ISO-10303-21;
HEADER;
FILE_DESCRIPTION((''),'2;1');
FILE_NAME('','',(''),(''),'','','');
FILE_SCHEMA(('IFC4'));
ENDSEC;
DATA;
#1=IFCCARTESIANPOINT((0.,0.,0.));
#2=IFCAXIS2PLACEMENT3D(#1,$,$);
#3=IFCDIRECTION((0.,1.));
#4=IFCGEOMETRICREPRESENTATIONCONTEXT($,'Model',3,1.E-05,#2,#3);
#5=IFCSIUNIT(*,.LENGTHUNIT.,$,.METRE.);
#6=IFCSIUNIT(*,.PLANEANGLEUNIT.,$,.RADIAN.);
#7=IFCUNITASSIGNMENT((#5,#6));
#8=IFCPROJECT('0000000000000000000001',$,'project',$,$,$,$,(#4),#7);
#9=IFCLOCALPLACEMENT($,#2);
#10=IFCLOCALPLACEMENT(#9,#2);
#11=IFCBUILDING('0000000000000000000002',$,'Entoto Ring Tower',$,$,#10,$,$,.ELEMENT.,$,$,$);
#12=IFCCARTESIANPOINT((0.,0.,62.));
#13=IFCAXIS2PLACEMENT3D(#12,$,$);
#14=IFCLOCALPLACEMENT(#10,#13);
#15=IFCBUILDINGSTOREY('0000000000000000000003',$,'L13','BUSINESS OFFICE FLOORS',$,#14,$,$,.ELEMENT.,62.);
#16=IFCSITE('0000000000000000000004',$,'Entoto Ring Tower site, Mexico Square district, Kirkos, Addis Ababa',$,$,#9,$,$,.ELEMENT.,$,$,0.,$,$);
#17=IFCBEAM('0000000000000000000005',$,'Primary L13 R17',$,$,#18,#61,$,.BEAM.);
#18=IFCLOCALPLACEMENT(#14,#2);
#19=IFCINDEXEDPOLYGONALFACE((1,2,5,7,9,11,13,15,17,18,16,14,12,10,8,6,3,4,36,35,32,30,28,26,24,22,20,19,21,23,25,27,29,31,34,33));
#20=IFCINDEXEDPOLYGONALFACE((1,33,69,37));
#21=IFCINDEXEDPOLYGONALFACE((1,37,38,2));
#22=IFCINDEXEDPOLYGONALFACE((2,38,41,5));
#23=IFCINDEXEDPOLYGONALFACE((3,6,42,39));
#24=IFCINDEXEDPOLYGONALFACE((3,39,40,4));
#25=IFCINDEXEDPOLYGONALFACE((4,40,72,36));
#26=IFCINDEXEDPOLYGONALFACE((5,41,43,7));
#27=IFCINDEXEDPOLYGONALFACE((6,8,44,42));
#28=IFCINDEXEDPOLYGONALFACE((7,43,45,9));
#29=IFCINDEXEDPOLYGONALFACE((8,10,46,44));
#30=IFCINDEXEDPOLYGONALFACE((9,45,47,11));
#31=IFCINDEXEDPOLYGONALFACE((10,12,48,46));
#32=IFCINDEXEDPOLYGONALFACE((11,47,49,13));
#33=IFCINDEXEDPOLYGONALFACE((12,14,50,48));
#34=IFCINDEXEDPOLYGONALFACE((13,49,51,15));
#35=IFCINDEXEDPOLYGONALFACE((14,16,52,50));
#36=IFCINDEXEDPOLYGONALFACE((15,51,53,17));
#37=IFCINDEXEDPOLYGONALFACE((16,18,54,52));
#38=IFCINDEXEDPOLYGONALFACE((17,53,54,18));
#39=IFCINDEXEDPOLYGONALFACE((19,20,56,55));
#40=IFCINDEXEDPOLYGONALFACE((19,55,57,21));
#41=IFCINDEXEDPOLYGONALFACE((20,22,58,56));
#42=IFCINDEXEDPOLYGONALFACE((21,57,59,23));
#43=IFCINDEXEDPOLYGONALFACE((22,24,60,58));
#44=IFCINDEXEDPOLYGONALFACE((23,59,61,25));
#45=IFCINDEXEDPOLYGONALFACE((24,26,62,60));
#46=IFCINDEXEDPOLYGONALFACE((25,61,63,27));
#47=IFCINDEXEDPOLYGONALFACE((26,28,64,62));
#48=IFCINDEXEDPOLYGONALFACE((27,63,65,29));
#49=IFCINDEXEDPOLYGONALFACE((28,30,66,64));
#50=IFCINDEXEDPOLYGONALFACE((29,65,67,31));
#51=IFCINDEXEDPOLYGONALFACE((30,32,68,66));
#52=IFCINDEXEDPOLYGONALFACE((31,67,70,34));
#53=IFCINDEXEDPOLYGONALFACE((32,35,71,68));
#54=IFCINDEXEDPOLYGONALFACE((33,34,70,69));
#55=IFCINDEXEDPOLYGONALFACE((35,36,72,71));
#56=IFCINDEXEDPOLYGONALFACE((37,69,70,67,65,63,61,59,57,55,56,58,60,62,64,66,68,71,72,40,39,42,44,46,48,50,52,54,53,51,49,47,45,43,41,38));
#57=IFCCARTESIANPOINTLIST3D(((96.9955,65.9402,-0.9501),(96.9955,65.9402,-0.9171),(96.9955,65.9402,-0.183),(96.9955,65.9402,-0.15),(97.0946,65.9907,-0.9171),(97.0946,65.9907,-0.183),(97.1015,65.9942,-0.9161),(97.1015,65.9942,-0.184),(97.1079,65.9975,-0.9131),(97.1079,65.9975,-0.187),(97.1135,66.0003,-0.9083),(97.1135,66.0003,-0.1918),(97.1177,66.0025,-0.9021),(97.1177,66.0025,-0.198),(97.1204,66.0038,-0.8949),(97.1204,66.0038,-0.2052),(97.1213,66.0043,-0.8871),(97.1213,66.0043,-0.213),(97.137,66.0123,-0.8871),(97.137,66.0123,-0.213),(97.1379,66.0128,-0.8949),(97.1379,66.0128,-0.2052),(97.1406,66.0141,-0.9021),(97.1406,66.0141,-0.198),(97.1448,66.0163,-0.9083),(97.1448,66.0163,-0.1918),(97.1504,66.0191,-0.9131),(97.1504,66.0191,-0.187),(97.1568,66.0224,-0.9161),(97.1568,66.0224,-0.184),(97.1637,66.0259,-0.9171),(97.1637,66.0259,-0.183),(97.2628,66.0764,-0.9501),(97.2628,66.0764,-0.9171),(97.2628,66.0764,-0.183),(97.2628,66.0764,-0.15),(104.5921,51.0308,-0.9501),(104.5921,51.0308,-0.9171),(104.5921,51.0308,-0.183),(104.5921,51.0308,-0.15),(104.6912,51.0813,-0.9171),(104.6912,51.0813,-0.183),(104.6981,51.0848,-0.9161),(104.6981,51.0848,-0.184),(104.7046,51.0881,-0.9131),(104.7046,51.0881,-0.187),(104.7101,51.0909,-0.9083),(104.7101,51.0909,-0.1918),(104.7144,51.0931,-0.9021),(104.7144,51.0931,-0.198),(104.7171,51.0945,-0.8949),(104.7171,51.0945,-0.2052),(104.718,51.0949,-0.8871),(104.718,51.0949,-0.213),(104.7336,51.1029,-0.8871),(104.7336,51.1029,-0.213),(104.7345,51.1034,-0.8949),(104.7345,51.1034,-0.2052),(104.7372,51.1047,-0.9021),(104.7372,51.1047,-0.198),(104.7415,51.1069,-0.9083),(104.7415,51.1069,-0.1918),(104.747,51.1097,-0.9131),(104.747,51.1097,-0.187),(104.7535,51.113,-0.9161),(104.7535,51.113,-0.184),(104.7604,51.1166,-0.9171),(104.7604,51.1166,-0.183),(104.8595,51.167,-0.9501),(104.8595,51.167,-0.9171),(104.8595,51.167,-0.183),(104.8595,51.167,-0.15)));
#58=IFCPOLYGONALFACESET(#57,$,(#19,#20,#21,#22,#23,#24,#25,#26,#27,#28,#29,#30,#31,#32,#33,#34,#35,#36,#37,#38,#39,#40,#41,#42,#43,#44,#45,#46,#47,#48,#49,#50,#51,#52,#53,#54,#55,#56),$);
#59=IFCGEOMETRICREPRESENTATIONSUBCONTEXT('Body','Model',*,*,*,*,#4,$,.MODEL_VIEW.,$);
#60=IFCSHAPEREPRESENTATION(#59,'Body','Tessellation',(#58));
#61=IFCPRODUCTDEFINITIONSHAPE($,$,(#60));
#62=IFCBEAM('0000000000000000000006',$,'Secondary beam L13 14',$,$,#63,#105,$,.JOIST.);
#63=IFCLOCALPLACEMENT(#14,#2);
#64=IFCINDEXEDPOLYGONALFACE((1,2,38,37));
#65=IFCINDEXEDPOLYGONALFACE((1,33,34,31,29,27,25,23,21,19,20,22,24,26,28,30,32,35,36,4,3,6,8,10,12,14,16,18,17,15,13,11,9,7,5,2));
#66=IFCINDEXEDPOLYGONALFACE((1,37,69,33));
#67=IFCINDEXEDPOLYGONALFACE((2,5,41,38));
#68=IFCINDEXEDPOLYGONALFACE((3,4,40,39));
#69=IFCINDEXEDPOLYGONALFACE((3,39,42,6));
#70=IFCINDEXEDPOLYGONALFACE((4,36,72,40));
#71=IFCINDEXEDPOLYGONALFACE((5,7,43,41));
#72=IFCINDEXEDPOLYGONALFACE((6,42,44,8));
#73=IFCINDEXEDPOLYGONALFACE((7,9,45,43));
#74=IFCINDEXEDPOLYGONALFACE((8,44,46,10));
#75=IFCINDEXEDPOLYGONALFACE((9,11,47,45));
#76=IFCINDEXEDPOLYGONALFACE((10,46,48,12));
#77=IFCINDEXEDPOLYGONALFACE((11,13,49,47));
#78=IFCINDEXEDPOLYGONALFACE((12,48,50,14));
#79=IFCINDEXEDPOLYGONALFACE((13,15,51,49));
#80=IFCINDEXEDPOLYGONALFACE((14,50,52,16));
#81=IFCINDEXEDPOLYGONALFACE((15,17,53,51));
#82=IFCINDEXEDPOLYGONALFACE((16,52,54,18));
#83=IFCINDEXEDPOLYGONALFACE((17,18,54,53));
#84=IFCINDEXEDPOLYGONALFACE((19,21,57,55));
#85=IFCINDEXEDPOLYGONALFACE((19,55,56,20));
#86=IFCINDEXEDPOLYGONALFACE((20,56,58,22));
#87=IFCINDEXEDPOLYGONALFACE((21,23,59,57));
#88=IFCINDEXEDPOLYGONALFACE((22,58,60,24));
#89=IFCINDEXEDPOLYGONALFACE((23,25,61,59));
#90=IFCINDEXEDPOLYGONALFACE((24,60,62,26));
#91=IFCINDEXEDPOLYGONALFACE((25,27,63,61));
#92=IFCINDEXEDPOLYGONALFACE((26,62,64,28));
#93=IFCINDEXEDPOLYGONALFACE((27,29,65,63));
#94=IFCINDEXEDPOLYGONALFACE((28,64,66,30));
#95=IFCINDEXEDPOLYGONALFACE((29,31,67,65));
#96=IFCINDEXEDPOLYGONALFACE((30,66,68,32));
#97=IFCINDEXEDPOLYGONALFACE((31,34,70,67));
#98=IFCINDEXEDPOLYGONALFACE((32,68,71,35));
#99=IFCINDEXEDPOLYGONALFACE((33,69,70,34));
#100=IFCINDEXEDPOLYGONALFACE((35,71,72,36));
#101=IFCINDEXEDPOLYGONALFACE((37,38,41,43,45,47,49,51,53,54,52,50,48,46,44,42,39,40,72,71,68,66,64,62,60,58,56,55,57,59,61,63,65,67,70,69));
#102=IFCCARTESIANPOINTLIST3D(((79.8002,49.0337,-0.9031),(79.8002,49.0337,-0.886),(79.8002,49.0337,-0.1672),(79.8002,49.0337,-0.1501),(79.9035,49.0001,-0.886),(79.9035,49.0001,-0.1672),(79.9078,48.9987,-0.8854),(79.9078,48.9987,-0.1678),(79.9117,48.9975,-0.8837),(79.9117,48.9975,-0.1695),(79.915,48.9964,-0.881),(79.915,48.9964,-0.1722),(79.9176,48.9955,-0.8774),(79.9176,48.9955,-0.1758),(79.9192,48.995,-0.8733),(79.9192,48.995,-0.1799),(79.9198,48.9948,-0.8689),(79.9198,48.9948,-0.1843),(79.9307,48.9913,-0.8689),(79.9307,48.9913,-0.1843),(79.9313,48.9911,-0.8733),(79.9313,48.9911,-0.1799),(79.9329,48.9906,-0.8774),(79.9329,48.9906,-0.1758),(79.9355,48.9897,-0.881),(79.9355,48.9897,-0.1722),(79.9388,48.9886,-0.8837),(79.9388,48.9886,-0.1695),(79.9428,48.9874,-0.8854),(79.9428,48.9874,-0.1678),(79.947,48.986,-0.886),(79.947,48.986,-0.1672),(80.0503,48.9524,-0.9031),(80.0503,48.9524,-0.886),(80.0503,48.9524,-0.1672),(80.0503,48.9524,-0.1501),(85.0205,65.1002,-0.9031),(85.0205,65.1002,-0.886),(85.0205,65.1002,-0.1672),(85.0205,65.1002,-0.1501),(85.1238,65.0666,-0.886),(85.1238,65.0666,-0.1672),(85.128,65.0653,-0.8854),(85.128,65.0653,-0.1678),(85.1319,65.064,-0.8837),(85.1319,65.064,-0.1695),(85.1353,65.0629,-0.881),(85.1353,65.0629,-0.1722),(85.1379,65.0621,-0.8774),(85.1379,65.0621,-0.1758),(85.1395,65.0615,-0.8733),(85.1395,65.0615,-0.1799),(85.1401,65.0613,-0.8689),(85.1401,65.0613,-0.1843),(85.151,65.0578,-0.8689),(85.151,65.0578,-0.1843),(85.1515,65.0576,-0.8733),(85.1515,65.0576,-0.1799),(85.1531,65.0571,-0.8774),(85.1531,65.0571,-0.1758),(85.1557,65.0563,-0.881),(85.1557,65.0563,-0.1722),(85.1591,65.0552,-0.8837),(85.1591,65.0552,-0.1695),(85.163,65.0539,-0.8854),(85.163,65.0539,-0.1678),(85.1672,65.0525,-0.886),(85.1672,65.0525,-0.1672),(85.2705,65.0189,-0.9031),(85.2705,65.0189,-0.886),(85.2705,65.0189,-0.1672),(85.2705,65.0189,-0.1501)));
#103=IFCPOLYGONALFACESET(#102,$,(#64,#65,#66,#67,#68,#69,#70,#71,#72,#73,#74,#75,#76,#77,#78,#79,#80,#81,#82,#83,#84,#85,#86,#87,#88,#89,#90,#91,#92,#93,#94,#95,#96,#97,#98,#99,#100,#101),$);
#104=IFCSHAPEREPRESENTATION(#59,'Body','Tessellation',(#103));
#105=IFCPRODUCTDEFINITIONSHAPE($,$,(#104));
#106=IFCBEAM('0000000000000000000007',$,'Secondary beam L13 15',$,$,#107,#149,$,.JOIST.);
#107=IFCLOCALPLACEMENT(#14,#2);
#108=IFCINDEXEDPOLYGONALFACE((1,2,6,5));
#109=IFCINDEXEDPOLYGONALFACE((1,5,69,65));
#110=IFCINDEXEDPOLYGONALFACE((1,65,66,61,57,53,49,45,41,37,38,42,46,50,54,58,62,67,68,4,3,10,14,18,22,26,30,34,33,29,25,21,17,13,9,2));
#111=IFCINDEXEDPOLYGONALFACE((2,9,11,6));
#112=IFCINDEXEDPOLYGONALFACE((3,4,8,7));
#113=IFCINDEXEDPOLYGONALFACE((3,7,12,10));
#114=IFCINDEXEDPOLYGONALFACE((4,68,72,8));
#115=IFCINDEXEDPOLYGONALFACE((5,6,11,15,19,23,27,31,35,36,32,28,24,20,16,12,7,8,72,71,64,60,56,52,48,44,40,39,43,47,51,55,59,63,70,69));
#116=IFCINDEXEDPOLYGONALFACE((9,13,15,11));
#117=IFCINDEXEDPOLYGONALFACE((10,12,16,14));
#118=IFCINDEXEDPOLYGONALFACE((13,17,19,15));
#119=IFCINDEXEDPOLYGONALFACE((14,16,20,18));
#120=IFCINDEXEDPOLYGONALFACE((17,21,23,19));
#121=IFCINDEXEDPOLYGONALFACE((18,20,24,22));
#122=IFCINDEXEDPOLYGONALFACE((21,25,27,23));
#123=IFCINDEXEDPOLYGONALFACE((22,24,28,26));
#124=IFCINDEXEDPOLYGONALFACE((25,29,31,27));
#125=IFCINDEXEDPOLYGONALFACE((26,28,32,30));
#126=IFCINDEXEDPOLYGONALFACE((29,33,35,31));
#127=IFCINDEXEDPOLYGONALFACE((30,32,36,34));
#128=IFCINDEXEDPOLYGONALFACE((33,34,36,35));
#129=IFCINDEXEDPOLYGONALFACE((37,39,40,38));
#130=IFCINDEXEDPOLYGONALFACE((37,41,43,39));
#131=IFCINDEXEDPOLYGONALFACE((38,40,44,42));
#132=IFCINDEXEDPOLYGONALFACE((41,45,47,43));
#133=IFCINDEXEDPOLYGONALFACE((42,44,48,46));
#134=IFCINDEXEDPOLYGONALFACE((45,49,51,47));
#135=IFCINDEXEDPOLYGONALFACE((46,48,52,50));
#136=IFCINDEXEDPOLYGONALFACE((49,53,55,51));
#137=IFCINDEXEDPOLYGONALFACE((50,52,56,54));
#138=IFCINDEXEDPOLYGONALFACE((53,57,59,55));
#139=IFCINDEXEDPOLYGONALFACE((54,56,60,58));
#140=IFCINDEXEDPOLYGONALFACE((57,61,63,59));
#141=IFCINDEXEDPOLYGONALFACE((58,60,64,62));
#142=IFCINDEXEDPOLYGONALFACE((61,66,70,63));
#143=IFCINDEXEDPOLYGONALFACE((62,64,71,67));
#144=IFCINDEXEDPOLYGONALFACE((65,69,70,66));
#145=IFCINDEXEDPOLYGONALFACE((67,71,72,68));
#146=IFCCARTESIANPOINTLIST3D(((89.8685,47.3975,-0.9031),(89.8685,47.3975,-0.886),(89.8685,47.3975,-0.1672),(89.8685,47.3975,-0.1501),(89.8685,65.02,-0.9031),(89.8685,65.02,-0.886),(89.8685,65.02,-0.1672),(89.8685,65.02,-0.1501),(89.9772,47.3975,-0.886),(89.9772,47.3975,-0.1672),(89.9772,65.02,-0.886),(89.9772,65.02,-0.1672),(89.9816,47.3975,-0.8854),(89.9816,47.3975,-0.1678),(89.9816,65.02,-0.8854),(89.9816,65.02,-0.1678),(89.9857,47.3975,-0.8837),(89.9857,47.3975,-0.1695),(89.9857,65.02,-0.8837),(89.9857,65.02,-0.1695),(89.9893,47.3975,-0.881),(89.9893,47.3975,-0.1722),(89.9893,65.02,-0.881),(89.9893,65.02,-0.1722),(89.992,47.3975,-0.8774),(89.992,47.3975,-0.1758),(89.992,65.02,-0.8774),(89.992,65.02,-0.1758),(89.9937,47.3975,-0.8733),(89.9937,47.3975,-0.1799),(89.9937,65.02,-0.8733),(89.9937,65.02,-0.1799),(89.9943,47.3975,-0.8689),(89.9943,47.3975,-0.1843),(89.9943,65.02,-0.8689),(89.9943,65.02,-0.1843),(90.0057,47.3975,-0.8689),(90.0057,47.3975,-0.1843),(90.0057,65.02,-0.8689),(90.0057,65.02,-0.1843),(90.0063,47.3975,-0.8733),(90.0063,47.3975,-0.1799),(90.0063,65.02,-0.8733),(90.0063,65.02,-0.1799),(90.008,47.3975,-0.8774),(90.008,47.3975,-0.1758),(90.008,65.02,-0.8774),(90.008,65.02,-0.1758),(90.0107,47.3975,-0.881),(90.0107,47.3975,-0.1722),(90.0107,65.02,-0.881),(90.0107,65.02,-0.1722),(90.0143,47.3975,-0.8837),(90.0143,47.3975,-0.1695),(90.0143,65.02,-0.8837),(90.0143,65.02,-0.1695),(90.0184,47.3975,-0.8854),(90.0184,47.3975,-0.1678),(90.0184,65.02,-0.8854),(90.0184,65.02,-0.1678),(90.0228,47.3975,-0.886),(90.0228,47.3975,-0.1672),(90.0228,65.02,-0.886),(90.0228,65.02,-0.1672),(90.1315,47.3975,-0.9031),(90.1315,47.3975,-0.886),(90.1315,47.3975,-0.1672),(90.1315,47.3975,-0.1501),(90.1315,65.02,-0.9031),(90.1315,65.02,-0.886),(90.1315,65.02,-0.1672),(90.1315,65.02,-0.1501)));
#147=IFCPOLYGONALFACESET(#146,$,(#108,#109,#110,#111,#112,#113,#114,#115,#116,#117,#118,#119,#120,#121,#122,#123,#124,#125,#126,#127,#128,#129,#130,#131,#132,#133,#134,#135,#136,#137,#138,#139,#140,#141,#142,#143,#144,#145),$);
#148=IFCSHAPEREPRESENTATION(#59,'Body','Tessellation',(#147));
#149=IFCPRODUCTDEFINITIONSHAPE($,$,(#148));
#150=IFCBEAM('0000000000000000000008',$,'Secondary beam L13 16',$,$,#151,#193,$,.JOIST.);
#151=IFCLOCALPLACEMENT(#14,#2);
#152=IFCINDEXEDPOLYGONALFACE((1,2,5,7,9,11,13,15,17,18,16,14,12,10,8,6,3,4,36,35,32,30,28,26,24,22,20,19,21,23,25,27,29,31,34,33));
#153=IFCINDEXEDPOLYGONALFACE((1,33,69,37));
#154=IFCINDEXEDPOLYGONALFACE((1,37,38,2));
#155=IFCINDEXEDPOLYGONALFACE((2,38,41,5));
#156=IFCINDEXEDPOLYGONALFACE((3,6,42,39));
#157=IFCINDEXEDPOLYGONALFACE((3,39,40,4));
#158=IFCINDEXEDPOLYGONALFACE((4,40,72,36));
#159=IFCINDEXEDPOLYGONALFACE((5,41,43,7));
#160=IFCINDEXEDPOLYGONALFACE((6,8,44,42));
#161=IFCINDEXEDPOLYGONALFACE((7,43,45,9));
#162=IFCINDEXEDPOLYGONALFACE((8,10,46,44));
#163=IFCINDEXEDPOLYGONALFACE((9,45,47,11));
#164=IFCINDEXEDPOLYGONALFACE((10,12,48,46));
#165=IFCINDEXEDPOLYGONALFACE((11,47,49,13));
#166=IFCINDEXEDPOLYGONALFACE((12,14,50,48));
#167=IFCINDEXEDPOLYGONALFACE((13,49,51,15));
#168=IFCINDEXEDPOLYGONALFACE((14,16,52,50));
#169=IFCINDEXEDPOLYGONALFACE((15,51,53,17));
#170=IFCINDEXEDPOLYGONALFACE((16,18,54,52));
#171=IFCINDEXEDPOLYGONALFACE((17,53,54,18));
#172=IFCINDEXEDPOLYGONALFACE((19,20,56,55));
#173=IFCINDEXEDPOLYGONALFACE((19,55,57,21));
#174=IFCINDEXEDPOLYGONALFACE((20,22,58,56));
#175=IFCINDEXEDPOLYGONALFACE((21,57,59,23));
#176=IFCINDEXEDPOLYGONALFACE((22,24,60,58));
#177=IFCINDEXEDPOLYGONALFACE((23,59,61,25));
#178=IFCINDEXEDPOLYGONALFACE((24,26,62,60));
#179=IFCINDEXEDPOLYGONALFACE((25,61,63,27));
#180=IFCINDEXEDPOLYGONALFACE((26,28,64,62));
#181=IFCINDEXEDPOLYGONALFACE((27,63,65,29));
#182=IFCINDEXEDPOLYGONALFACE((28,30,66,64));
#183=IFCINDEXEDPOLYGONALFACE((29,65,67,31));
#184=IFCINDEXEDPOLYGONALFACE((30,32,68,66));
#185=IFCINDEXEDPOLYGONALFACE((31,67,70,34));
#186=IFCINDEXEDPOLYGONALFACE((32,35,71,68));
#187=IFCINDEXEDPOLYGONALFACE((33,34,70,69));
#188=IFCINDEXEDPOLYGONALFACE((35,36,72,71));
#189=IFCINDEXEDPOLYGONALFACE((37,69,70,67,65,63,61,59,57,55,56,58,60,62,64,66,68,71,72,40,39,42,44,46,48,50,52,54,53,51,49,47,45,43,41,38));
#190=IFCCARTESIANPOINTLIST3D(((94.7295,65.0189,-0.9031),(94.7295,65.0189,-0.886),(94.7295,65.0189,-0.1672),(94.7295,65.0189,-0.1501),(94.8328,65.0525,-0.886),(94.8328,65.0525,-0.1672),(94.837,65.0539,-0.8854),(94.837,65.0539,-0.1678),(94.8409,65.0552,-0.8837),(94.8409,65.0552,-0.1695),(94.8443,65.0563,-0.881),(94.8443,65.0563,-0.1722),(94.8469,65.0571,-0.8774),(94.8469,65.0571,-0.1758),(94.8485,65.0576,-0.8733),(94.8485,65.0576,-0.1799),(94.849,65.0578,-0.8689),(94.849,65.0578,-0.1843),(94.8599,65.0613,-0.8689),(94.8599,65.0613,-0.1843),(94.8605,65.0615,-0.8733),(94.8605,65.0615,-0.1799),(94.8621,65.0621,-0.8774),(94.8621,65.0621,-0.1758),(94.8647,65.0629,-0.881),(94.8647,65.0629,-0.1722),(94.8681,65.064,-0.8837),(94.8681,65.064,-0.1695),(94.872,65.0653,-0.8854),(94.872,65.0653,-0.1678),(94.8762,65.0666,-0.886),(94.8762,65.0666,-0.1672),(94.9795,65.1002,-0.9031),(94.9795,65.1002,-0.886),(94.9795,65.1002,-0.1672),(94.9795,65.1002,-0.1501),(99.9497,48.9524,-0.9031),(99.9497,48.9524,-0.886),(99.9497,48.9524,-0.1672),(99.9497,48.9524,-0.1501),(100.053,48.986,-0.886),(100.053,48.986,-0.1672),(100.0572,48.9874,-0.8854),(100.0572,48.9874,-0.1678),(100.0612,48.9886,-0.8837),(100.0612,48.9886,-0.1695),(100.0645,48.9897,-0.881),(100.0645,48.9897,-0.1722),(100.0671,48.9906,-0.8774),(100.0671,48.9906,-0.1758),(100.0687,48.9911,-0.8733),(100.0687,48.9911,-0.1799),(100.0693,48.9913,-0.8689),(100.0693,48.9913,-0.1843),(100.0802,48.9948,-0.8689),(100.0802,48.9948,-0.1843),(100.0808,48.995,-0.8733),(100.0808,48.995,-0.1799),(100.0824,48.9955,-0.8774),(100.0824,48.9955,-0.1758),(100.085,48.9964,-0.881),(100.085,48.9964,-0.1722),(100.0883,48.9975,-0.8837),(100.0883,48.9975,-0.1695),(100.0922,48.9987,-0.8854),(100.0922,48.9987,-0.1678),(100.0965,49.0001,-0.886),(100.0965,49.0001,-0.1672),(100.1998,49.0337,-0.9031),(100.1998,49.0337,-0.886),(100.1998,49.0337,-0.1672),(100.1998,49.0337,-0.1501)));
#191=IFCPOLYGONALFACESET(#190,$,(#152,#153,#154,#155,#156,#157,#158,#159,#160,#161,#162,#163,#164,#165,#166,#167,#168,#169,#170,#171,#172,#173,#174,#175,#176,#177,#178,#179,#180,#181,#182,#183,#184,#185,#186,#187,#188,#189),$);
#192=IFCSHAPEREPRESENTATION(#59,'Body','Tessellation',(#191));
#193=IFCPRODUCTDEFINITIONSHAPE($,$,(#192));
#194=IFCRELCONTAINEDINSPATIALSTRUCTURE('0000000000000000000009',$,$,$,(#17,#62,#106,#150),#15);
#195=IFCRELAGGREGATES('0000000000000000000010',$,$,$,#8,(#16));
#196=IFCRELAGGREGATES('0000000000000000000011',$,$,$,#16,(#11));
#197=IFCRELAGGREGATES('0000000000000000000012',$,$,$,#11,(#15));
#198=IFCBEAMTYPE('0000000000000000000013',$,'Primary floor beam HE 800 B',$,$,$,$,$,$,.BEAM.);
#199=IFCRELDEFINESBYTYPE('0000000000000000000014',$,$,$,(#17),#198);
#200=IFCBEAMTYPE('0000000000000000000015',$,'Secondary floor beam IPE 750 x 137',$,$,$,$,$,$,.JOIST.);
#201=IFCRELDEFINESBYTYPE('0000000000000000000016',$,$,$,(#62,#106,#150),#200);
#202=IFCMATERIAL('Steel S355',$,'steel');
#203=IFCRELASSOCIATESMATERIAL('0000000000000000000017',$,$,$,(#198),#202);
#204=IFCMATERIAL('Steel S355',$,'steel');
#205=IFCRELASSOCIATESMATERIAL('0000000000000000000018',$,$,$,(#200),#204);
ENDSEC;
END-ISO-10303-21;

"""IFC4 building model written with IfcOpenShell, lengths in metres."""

from ifc_helpers import new_model, si_unit, direction, frame, origin, origin_2d, place, context, subcontext, project, spatial, i_section, extrude, material, material_profile, profile_set, type_object, element, save


model = new_model("IFC4")

# Units and contexts
model_context = context("Model", 3, precision=1e-05, world=origin(), true_north=direction((0.0, 1.0)))
body_context = subcontext(model_context, "Body", "Model", "MODEL_VIEW")
ifc_project = project(units=[si_unit("LENGTHUNIT", "METRE"), si_unit("PLANEANGLEUNIT", "RADIAN")], contexts=[model_context])

# Site, building, storey
site_placement = place(None, origin())
site = spatial("IfcSite", under=ifc_project, at=site_placement, Name="Entoto Ring Tower site, Mexico Square district, Kirkos, Addis Ababa", CompositionType="ELEMENT", RefElevation=0.0)
building_placement = place(site_placement, origin())
building = spatial("IfcBuilding", under=site, at=building_placement, Name="Entoto Ring Tower", CompositionType="ELEMENT")
storey_placement = place(building_placement, frame((0.0, 0.0, 62.0)))
storey = spatial("IfcBuildingStorey", under=building, at=storey_placement, Name="L13", Description="BUSINESS OFFICE FLOORS", CompositionType="ELEMENT", Elevation=62.0)

# Beams
ifc_material_1 = material(Name="Steel S355", Category="steel")
ifc_material_profile_1 = material_profile(ifc_material_1, i_section(OverallWidth=0.3, OverallDepth=0.8, WebThickness=0.0176, FlangeThickness=0.033, FilletRadius=0.03, at=origin_2d()), Name="HE 800 B")
ifc_profile_set_1 = profile_set([ifc_material_profile_1], Name="Steel S355")
beam_type_1 = type_object("IfcBeamType", Name="Primary floor beam HE 800 B", PredefinedType="BEAM", material=ifc_profile_set_1)
beam_1_placement = place(storey_placement, frame((97.1292, 66.0083, -0.55), z_axis=(0.453988, -0.891008, 0.0), x_axis=(0.891008, 0.453988, 0.0)))
element("IfcBeam", 1, at=beam_1_placement, inside=storey, type_object=beam_type_1, Name="Primary L13 R17", PredefinedType="BEAM", context=body_context, shape_type="SweptSolid", body=[
    extrude(i_section(OverallWidth=0.3, OverallDepth=0.8, WebThickness=0.0176, FlangeThickness=0.033, FilletRadius=0.03, at=origin_2d()), origin(), (0.0, 0.0, 1.0), 16.7332),
])
ifc_material_2 = material(Name="Steel S355", Category="steel")
ifc_material_profile_2 = material_profile(ifc_material_2, i_section(OverallWidth=0.2629, OverallDepth=0.7529, WebThickness=0.0115, FlangeThickness=0.0171, FilletRadius=0.0171, at=origin_2d()), Name="IPE 750 x 137")
ifc_profile_set_2 = profile_set([ifc_material_profile_2], Name="Steel S355")
beam_type_2 = type_object("IfcBeamType", Name="Secondary floor beam IPE 750 x 137", PredefinedType="JOIST", material=ifc_profile_set_2)
beam_2_placement = place(storey_placement, frame((85.1455, 65.0596, -0.5266), z_axis=(-0.309013, -0.951058, 0.0), x_axis=(0.951058, -0.309013, 0.0)))
element("IfcBeam", 2, at=beam_2_placement, inside=storey, type_object=beam_type_2, Name="Secondary beam L13 14", PredefinedType="JOIST", context=body_context, shape_type="SweptSolid", body=[
    extrude(i_section(OverallWidth=0.2629, OverallDepth=0.7529, WebThickness=0.0115, FlangeThickness=0.0171, FilletRadius=0.0171, at=origin_2d()), origin(), (0.0, 0.0, 1.0), 16.8933),
])
beam_3_placement = place(storey_placement, frame((90.0, 65.02, -0.5266), z_axis=(0.0, -1.0, 0.0), x_axis=(1.0, 0.0, 0.0)))
element("IfcBeam", 3, at=beam_3_placement, inside=storey, type_object=beam_type_2, Name="Secondary beam L13 15", PredefinedType="JOIST", context=body_context, shape_type="SweptSolid", body=[
    extrude(i_section(OverallWidth=0.2629, OverallDepth=0.7529, WebThickness=0.0115, FlangeThickness=0.0171, FilletRadius=0.0171, at=origin_2d()), origin(), (0.0, 0.0, 1.0), 17.6226),
])
beam_4_placement = place(storey_placement, frame((94.8545, 65.0596, -0.5266), z_axis=(0.309013, -0.951058, 0.0), x_axis=(0.951058, 0.309013, 0.0)))
element("IfcBeam", 4, at=beam_4_placement, inside=storey, type_object=beam_type_2, Name="Secondary beam L13 16", PredefinedType="JOIST", context=body_context, shape_type="SweptSolid", body=[
    extrude(i_section(OverallWidth=0.2629, OverallDepth=0.7529, WebThickness=0.0115, FlangeThickness=0.0171, FilletRadius=0.0171, at=origin_2d()), origin(), (0.0, 0.0, 1.0), 16.8933),
])

save(model, "model.ifc")
